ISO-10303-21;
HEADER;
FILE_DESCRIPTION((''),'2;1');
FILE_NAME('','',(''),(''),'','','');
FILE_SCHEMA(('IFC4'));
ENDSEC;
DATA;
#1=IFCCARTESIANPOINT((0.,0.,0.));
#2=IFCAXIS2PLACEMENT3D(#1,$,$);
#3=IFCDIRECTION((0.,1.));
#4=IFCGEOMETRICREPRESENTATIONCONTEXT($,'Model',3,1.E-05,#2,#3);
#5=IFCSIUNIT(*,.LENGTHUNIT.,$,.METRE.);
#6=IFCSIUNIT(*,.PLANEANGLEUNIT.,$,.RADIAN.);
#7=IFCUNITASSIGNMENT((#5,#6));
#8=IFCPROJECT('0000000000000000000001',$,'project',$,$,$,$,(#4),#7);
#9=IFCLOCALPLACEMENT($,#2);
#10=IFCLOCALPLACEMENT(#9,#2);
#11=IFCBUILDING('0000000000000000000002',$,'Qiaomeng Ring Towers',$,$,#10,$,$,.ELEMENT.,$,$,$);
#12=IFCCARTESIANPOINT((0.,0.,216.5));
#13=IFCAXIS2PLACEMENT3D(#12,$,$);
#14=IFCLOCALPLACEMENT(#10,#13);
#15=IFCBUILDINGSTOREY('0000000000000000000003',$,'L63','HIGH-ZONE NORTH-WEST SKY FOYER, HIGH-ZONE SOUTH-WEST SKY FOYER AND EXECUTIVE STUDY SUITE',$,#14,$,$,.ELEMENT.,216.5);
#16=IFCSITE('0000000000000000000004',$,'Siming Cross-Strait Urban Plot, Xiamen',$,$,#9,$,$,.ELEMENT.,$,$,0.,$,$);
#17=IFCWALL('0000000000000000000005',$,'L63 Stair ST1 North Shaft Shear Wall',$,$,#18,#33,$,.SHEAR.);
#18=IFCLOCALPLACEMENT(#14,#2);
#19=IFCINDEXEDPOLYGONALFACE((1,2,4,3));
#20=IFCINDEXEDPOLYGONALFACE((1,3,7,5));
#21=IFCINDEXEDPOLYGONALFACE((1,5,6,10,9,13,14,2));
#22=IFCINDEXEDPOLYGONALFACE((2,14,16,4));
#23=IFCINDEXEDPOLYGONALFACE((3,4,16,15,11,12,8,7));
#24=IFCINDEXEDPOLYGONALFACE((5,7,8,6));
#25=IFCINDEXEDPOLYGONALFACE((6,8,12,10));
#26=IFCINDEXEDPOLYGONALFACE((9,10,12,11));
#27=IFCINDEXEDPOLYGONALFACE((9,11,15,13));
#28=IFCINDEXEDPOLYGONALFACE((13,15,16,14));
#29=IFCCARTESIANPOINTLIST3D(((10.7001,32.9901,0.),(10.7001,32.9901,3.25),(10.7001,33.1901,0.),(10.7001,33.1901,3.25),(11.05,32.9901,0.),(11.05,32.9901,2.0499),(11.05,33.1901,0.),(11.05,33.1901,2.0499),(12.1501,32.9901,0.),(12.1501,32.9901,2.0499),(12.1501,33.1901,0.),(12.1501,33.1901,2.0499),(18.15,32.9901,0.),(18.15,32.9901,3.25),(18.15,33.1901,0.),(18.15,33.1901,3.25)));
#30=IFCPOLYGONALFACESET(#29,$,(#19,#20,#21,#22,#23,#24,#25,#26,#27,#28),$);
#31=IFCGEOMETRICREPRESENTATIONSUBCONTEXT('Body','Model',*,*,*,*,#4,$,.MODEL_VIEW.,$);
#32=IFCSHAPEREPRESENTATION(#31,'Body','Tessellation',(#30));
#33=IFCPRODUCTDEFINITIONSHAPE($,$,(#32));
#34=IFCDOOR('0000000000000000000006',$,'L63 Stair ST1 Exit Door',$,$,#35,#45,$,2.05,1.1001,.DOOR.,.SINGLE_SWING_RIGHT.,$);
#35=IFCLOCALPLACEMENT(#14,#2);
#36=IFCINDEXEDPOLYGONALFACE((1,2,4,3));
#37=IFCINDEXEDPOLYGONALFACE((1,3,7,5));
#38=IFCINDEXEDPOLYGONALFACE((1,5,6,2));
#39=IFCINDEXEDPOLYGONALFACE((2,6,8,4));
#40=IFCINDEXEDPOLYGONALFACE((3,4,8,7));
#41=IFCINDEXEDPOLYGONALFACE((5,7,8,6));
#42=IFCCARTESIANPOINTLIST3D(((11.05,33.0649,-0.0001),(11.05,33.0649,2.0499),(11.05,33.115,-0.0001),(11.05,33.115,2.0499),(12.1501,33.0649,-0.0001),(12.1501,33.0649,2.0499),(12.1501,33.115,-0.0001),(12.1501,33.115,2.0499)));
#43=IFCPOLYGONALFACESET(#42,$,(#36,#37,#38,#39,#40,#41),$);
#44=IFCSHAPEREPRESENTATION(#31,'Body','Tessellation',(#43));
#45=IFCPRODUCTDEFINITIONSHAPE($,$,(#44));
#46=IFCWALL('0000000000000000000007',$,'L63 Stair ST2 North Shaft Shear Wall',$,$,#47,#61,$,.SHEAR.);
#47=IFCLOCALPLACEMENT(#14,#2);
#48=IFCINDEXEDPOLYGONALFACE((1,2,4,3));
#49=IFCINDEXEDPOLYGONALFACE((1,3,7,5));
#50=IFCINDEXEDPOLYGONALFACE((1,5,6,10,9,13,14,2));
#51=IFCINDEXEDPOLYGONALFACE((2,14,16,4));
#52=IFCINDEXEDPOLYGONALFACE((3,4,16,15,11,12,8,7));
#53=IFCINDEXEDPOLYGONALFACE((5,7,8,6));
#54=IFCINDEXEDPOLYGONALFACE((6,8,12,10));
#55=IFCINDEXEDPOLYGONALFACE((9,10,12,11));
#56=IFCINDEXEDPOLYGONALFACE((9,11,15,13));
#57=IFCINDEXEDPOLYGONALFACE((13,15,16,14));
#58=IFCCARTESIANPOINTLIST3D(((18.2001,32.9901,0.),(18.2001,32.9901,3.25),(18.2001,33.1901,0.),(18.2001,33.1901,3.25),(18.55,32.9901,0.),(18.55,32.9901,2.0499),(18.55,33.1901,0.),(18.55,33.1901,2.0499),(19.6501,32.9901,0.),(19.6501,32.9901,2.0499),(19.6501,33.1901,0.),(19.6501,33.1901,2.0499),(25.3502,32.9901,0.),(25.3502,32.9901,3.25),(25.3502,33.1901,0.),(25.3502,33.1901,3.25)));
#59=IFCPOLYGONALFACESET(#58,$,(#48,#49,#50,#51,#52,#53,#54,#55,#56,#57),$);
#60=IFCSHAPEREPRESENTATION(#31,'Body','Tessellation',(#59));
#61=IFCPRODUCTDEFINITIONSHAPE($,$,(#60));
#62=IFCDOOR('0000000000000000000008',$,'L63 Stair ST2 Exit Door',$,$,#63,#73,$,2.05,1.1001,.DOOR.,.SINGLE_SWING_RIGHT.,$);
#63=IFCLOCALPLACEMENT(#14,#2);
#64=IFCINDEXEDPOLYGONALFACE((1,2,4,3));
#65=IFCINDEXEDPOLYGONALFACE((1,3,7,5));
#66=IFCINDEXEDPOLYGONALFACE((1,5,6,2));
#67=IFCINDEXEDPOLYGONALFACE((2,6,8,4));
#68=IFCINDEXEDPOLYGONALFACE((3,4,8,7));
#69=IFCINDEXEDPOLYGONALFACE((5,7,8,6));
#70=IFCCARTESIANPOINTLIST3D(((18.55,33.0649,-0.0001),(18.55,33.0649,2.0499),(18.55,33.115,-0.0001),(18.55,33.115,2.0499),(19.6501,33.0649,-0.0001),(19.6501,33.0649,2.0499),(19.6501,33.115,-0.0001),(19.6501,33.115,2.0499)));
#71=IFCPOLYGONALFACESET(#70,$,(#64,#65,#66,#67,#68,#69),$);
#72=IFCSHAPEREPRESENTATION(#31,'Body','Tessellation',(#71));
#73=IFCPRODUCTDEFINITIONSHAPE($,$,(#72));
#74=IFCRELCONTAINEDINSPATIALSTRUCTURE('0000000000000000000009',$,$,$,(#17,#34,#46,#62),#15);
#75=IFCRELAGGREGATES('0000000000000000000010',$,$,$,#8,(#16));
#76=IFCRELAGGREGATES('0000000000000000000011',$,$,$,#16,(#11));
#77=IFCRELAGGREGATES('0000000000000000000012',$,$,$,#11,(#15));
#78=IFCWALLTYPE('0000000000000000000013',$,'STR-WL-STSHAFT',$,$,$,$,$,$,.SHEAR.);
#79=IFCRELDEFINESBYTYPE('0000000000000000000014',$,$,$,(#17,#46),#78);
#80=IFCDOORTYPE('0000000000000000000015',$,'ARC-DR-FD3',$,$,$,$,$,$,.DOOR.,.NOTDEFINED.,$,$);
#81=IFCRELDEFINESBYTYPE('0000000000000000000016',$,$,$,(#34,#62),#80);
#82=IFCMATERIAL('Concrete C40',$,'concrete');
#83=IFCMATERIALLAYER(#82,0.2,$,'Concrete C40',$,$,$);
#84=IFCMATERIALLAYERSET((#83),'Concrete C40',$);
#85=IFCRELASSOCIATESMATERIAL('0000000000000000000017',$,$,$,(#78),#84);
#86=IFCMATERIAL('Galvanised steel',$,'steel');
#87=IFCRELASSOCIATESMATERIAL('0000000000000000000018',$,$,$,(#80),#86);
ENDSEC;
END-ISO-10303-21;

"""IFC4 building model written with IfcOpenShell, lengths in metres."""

from ifc_helpers import new_model, si_unit, direction, frame, frame_2d, origin, place, context, subcontext, project, spatial, rectangle, extrude, source, transform, mapped, material, layer, layer_set, type_object, element, fill, save


model = new_model("IFC4")

# Units and contexts
model_context = context("Model", 3, precision=1e-05, world=origin(), true_north=direction((0.0, 1.0)))
body_context = subcontext(model_context, "Body", "Model", "MODEL_VIEW")
ifc_project = project(units=[si_unit("LENGTHUNIT", "METRE"), si_unit("PLANEANGLEUNIT", "RADIAN")], contexts=[model_context])

# Site, building, storey
site_placement = place(None, origin())
site = spatial("IfcSite", under=ifc_project, at=site_placement, Name="Siming Cross-Strait Urban Plot, Xiamen", CompositionType="ELEMENT", RefElevation=0.0)
building_placement = place(site_placement, origin())
building = spatial("IfcBuilding", under=site, at=building_placement, Name="Qiaomeng Ring Towers", CompositionType="ELEMENT")
storey_placement = place(building_placement, frame((0.0, 0.0, 216.5)))
storey = spatial("IfcBuildingStorey", under=building, at=storey_placement, Name="L63", Description="HIGH-ZONE NORTH-WEST SKY FOYER, HIGH-ZONE SOUTH-WEST SKY FOYER AND EXECUTIVE STUDY SUITE", CompositionType="ELEMENT", Elevation=216.5)

# Shared definitions
ifc_material_1 = material(Name="Concrete C40", Category="concrete")
ifc_layer_1 = layer(ifc_material_1, 0.2, Name="Concrete C40")
ifc_layer_set_1 = layer_set([ifc_layer_1], Name="Concrete C40")
wall_type_1 = type_object("IfcWallType", Name="STR-WL-STSHAFT", PredefinedType="SHEAR", material=ifc_layer_set_1)

# Walls, openings, doors
wall_1_placement = place(storey_placement, frame((10.7, 33.0901, 0.0), z_axis=(0.0, 0.0, 1.0), x_axis=(1.0, 0.0, 0.0)))
wall_1 = element("IfcWall", 1, at=wall_1_placement, inside=storey, type_object=wall_type_1, Name="L63 Stair ST1 North Shaft Shear Wall", PredefinedType="SHEAR", context=body_context, shape_type="SweptSolid", body=[
    extrude(rectangle(XDim=7.45, YDim=0.2, at=frame_2d((3.7251, 0.0))), origin(), (0.0, 0.0, 1.0), 3.25),
])
opening_1_placement = place(wall_1_placement, frame((0.3501, 0.0, 0.0)))
opening_1 = element("IfcOpeningElement", 2, at=opening_1_placement, cuts=wall_1, PredefinedType="OPENING", context=body_context, shape_type="SweptSolid", body=[
    extrude(rectangle(XDim=1.1001, YDim=2.05, at=frame_2d((0.55, 1.0249))), frame((0.0, 0.1099, 0.0), z_axis=(0.0, -1.0, 0.0), x_axis=(1.0, 0.0, 0.0)), (0.0, 0.0, 1.0), 0.22),
])
ifc_material_2 = material(Name="Galvanised steel", Category="steel")
door_type_1 = type_object("IfcDoorType", Name="ARC-DR-FD3", OperationType="NOTDEFINED", PredefinedType="DOOR", material=ifc_material_2)
shared_shape_1 = source(origin(), body_context, "Body", "SweptSolid", [
    extrude(rectangle(XDim=1.1001, YDim=2.05, at=frame_2d((0.55, 1.0249))), frame((0.0, 0.0249, 0.0), z_axis=(0.0, -1.0, 0.0), x_axis=(1.0, 0.0, 0.0)), (0.0, 0.0, 1.0), 0.05),
])
door_1_placement = place(opening_1_placement, origin())
door_1 = element("IfcDoor", 3, at=door_1_placement, inside=storey, type_object=door_type_1, Name="L63 Stair ST1 Exit Door", OperationType="SINGLE_SWING_RIGHT", OverallHeight=2.05, OverallWidth=1.1001, PredefinedType="DOOR", context=body_context, shape_type="MappedRepresentation", body=[
    mapped(shared_shape_1, transform((0.0, 0.0, 0.0), x_axis=(1.0, 0.0, 0.0), y_axis=(0.0, 1.0, 0.0), z_axis=(0.0, 0.0, 1.0), scale=1.0)),
])
fill(opening_1, door_1)
wall_2_placement = place(storey_placement, frame((18.2, 33.0901, 0.0), z_axis=(0.0, 0.0, 1.0), x_axis=(1.0, 0.0, 0.0)))
wall_2 = element("IfcWall", 4, at=wall_2_placement, inside=storey, type_object=wall_type_1, Name="L63 Stair ST2 North Shaft Shear Wall", PredefinedType="SHEAR", context=body_context, shape_type="SweptSolid", body=[
    extrude(rectangle(XDim=7.1501, YDim=0.2, at=frame_2d((3.5752, 0.0))), origin(), (0.0, 0.0, 1.0), 3.25),
])
opening_2_placement = place(wall_2_placement, frame((0.3501, 0.0, 0.0)))
opening_2 = element("IfcOpeningElement", 5, at=opening_2_placement, cuts=wall_2, PredefinedType="OPENING", context=body_context, shape_type="SweptSolid", body=[
    extrude(rectangle(XDim=1.1001, YDim=2.05, at=frame_2d((0.55, 1.0249))), frame((0.0, 0.1099, 0.0), z_axis=(0.0, -1.0, 0.0), x_axis=(1.0, 0.0, 0.0)), (0.0, 0.0, 1.0), 0.22),
])
door_2_placement = place(opening_2_placement, origin())
door_2 = element("IfcDoor", 6, at=door_2_placement, inside=storey, type_object=door_type_1, Name="L63 Stair ST2 Exit Door", OperationType="SINGLE_SWING_RIGHT", OverallHeight=2.05, OverallWidth=1.1001, PredefinedType="DOOR", context=body_context, shape_type="MappedRepresentation", body=[
    mapped(shared_shape_1, transform((0.0, 0.0, 0.0), x_axis=(1.0, 0.0, 0.0), y_axis=(0.0, 1.0, 0.0), z_axis=(0.0, 0.0, 1.0), scale=1.0)),
])
fill(opening_2, door_2)

save(model, "model.ifc")
